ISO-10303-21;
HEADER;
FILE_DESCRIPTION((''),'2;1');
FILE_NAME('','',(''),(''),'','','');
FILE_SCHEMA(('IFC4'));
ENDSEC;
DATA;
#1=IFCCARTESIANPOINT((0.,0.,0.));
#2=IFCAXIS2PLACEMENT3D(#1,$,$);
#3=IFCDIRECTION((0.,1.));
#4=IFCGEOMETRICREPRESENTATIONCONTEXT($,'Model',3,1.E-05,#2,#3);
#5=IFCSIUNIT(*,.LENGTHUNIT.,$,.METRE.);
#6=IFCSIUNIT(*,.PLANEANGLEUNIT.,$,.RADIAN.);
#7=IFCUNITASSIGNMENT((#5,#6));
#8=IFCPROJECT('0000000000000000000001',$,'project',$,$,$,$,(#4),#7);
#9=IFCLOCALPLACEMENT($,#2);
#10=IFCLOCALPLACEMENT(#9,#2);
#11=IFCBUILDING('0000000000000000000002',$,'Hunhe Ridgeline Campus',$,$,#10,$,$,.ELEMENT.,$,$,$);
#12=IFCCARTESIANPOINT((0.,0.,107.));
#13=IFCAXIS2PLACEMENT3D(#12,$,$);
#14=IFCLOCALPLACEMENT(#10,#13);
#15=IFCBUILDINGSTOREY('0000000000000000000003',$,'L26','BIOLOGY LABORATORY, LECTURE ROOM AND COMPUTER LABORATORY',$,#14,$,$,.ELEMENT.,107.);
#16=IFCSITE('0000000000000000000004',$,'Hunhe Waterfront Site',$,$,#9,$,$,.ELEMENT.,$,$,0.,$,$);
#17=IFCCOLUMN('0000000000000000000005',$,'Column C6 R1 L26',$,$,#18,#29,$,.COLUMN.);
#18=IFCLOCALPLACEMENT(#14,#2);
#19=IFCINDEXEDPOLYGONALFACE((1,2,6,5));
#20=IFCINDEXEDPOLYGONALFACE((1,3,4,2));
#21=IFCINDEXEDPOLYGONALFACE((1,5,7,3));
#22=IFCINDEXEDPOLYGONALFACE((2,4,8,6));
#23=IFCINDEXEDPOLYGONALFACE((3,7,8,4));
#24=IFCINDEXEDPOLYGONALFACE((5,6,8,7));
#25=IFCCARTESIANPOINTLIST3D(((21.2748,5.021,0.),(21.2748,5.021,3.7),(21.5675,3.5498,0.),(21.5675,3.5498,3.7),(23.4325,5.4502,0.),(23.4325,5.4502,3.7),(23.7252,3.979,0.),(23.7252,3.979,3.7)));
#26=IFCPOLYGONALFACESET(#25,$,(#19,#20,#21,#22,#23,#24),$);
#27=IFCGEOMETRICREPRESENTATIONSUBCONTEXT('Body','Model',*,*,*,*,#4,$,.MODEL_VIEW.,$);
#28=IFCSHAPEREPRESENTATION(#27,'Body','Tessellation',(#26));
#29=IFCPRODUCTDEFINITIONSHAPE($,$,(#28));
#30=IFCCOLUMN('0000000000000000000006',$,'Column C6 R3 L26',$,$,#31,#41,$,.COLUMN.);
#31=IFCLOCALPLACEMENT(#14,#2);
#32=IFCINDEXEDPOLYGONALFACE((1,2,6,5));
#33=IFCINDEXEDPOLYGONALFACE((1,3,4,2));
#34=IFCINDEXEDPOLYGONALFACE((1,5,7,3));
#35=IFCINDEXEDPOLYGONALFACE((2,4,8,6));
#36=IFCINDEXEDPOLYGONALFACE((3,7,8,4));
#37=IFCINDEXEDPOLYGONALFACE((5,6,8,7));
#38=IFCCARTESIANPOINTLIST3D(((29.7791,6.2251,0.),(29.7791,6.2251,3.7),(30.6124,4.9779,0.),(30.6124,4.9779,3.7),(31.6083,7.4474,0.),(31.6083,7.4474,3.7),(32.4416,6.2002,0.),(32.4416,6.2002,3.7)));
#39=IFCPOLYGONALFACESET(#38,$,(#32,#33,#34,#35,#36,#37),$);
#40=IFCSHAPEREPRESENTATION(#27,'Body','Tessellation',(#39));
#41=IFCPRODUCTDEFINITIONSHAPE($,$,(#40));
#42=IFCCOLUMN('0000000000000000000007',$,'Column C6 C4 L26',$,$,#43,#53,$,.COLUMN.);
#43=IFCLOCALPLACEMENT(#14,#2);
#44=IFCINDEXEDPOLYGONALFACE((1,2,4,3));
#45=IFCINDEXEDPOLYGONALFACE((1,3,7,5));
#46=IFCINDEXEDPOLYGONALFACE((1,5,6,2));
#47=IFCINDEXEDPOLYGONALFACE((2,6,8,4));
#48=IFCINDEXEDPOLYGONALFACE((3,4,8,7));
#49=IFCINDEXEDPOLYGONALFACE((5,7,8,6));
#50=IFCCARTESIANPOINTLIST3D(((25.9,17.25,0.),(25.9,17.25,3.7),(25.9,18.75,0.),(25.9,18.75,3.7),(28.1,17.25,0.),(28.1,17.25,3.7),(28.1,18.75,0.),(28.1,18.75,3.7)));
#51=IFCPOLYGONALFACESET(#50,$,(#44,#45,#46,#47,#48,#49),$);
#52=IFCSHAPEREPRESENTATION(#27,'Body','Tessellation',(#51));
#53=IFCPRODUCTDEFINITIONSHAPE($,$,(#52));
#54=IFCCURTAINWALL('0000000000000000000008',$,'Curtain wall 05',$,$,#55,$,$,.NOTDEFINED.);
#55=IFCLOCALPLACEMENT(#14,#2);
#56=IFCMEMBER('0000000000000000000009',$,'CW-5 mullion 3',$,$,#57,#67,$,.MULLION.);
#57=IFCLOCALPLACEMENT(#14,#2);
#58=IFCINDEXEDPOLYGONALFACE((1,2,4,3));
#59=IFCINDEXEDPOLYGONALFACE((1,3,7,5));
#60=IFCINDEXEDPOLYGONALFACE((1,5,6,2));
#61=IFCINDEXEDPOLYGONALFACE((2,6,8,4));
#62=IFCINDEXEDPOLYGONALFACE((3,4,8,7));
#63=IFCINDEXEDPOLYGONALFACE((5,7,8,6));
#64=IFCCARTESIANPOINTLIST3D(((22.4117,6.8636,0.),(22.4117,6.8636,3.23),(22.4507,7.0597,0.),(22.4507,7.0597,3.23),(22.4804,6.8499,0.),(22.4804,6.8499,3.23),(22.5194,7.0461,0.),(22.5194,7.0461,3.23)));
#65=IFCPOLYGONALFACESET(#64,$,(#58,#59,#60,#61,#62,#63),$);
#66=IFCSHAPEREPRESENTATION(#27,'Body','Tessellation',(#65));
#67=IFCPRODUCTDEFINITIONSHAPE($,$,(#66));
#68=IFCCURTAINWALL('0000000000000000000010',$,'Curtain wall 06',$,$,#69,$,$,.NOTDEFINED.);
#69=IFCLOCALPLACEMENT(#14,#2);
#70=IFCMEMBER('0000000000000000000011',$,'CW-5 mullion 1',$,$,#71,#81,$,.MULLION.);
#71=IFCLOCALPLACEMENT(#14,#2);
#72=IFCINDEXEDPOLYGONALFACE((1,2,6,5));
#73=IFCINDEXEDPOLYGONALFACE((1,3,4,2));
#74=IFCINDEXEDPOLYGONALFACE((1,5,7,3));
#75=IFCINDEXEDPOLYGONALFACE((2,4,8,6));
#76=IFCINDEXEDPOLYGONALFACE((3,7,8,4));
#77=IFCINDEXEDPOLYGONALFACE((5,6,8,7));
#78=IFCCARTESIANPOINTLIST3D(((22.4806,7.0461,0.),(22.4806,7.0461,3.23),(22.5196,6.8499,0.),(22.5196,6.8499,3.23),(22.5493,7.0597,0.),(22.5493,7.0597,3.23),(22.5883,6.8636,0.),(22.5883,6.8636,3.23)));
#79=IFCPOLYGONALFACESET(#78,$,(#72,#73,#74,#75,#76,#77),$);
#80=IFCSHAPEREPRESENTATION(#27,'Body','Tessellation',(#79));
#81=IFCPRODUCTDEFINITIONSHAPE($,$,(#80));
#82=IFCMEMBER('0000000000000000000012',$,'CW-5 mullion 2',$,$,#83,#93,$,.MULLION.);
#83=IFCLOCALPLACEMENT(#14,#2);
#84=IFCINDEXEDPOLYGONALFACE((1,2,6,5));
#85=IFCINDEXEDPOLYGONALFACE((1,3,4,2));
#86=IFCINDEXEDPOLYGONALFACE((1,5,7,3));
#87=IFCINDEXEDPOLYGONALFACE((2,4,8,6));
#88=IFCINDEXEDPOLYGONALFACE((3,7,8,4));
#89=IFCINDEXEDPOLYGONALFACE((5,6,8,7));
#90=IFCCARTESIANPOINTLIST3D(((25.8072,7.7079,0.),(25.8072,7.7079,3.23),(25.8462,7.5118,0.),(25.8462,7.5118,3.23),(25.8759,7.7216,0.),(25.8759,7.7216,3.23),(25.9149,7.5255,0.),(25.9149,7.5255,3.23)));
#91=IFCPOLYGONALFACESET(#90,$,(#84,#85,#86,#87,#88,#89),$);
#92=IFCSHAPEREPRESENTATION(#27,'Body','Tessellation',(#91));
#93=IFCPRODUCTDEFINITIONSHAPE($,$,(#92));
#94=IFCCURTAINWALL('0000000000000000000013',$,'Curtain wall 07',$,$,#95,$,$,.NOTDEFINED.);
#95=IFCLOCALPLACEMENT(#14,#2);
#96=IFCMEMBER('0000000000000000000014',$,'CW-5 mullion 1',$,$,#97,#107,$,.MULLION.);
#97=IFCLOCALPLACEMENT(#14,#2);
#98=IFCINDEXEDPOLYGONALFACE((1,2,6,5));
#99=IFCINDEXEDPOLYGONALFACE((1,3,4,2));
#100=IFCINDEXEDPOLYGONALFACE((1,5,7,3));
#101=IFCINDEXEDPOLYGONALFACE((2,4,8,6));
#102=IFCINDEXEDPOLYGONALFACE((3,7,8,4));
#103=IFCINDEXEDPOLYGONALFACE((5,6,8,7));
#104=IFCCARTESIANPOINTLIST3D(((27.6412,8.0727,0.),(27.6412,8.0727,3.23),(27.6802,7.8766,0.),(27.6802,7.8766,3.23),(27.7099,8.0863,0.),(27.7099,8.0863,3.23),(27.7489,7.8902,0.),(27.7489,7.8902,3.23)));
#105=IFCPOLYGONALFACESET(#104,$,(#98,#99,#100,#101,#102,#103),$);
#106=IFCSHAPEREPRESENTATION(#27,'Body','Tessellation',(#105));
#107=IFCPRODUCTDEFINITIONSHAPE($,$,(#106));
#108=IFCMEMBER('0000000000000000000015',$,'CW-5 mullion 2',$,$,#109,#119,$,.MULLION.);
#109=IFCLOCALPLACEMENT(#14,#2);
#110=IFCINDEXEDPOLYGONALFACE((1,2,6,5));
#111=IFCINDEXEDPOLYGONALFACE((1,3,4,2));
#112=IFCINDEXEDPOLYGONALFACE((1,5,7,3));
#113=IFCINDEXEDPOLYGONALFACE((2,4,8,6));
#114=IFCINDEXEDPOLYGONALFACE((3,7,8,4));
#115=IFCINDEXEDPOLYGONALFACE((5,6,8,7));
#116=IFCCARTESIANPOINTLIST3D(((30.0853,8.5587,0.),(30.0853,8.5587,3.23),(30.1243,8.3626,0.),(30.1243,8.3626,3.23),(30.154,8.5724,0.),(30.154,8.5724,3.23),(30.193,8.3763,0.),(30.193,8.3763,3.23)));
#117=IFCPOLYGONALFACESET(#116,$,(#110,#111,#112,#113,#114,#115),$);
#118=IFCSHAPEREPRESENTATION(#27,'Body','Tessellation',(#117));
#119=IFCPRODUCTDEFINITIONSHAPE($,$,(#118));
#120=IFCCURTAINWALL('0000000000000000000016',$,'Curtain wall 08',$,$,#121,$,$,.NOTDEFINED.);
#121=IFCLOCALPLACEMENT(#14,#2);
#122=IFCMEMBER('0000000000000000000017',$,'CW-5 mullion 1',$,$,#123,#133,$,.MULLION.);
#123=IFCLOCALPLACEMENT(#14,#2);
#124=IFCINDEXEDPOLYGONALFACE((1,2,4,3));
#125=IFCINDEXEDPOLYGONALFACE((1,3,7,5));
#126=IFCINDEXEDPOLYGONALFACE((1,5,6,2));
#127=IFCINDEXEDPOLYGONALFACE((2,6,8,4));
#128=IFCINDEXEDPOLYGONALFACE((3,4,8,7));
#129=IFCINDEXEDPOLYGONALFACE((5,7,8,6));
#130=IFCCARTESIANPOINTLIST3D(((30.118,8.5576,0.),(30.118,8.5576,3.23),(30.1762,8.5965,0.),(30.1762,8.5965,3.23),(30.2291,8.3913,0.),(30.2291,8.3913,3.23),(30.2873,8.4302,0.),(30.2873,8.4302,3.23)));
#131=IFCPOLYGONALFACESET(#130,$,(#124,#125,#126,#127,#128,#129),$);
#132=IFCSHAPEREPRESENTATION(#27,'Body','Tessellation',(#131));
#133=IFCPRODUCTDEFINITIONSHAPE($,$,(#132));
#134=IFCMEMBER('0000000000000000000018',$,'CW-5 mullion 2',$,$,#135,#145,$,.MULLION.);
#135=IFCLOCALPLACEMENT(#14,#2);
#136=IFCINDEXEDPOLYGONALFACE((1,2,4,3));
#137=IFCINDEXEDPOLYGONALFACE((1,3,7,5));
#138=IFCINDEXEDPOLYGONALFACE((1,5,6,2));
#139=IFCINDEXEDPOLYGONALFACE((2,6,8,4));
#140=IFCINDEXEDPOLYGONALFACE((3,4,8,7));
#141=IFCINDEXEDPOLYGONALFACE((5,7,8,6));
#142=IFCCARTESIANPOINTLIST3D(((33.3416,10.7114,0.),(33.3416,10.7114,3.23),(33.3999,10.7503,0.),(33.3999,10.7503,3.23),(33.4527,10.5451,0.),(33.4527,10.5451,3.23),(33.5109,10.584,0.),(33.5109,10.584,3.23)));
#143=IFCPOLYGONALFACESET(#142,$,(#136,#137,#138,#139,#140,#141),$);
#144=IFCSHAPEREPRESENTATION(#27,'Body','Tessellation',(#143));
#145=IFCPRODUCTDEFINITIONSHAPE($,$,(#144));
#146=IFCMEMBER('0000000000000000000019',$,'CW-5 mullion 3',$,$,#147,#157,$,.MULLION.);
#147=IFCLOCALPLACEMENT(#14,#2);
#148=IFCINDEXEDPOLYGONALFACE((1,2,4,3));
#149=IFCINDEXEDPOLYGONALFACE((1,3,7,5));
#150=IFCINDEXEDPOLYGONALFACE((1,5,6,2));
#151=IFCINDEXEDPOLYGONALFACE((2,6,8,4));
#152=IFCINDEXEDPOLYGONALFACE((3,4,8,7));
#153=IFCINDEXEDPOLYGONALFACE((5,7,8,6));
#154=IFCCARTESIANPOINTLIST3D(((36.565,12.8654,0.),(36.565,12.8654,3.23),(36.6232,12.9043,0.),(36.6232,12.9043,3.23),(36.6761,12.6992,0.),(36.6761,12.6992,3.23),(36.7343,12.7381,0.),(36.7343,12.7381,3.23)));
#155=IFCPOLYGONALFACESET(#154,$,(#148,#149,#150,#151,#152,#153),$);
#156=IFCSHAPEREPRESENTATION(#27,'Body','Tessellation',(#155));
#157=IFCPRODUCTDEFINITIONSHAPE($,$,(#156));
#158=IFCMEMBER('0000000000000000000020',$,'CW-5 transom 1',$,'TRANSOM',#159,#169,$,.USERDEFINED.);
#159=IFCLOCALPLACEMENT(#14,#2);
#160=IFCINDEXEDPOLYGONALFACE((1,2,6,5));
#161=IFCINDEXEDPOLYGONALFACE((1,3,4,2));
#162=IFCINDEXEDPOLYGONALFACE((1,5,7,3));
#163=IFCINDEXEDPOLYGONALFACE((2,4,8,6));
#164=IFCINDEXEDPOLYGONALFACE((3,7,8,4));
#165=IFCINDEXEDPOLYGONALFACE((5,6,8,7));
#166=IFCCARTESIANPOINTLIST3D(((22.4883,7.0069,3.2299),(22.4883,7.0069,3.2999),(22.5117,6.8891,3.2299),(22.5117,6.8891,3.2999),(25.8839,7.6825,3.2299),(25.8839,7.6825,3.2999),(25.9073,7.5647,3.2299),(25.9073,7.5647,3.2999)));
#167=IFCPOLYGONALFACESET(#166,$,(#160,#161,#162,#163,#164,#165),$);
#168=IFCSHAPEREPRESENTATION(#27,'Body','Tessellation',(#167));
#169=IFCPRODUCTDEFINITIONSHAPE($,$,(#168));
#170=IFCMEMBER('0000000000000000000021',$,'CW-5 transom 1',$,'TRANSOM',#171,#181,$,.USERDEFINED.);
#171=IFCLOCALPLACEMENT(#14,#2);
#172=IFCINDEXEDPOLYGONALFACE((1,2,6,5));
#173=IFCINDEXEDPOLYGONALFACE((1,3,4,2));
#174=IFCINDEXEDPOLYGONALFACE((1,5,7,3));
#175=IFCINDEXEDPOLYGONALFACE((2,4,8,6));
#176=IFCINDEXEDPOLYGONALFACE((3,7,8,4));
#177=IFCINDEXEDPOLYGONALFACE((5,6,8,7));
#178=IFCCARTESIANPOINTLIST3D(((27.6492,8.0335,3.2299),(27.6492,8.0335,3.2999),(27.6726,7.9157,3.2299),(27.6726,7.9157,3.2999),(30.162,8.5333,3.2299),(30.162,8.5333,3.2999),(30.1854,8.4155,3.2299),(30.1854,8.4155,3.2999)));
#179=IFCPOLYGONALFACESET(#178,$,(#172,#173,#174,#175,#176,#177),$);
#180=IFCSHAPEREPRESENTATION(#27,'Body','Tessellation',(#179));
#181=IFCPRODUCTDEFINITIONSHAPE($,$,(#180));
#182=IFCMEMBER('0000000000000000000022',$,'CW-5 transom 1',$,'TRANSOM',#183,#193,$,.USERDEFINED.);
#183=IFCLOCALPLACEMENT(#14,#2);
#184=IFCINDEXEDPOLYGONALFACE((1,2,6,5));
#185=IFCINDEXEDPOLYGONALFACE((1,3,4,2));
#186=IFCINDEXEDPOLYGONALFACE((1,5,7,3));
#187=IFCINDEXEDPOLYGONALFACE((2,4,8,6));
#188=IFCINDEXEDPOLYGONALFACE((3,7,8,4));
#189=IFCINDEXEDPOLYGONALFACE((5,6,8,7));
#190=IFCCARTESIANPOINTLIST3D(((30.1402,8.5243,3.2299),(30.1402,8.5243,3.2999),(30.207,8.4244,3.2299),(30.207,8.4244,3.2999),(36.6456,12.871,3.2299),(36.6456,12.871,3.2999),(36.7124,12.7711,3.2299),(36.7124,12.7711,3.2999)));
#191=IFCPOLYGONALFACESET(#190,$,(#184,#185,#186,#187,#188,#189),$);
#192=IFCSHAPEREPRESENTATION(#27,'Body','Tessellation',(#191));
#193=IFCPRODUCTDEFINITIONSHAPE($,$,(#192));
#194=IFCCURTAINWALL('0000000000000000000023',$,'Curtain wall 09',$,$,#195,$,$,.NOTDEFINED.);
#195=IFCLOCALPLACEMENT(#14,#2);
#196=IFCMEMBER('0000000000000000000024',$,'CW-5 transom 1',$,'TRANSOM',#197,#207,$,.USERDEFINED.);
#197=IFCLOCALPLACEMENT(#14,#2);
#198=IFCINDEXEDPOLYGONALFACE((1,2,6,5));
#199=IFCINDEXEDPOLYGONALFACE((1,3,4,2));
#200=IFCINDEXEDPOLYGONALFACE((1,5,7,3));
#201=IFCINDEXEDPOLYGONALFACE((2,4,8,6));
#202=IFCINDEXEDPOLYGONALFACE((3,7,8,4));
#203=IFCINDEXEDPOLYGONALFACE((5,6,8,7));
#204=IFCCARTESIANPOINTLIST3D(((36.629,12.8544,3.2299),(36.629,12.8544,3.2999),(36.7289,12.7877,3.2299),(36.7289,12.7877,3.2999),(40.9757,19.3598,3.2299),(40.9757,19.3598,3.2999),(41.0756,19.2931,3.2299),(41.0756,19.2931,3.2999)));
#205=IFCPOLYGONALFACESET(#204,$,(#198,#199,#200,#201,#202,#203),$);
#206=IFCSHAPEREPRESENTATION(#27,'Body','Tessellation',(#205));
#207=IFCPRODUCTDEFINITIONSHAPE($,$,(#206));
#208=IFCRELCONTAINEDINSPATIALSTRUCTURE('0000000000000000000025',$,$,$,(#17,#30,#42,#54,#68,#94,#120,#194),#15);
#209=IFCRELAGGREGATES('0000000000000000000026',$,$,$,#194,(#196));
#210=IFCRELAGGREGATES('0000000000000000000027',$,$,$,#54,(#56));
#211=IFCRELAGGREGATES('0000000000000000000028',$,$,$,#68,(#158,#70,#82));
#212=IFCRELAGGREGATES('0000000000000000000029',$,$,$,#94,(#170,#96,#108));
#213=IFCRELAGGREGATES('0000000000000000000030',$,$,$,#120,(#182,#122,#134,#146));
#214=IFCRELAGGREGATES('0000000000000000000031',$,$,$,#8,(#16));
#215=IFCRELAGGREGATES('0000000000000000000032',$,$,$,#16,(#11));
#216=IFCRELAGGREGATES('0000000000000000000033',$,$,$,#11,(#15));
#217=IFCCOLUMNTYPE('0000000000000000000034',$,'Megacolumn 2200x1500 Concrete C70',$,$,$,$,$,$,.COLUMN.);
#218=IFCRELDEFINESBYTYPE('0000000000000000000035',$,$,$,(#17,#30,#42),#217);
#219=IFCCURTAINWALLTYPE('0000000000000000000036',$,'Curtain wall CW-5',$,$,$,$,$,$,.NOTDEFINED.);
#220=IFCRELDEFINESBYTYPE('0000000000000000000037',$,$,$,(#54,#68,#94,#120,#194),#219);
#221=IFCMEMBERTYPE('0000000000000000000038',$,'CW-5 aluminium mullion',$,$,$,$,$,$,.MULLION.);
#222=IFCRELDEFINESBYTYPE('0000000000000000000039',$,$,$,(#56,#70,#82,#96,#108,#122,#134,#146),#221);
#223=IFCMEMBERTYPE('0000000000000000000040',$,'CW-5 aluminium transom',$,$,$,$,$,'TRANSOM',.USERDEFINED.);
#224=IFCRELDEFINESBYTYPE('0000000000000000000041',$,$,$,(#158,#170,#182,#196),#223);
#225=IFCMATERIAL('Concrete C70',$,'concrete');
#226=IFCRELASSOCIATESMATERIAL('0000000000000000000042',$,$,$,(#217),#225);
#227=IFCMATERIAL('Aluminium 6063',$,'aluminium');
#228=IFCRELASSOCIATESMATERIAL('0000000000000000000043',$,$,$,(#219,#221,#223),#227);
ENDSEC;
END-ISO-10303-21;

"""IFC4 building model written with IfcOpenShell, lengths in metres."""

from ifc_helpers import new_model, si_unit, direction, frame, origin, origin_2d, place, context, subcontext, project, spatial, rectangle, extrude, material, material_profile, profile_set, type_object, element, aggregate, save


model = new_model("IFC4")

# Units and contexts
model_context = context("Model", 3, precision=1e-05, world=origin(), true_north=direction((0.0, 1.0)))
body_context = subcontext(model_context, "Body", "Model", "MODEL_VIEW")
ifc_project = project(units=[si_unit("LENGTHUNIT", "METRE"), si_unit("PLANEANGLEUNIT", "RADIAN")], contexts=[model_context])

# Site, building, storey
site_placement = place(None, origin())
site = spatial("IfcSite", under=ifc_project, at=site_placement, Name="Hunhe Waterfront Site", CompositionType="ELEMENT", RefElevation=0.0)
building_placement = place(site_placement, origin())
building = spatial("IfcBuilding", under=site, at=building_placement, Name="Hunhe Ridgeline Campus", CompositionType="ELEMENT")
storey_placement = place(building_placement, frame((0.0, 0.0, 107.0)))
storey = spatial("IfcBuildingStorey", under=building, at=storey_placement, Name="L26", Description="BIOLOGY LABORATORY, LECTURE ROOM AND COMPUTER LABORATORY", CompositionType="ELEMENT", Elevation=107.0)

# Columns
ifc_material_1 = material(Name="Concrete C70", Category="concrete")
ifc_material_profile_1 = material_profile(ifc_material_1, rectangle(XDim=2.2, YDim=1.5, at=origin_2d()))
ifc_profile_set_1 = profile_set([ifc_material_profile_1], Name="Concrete C70")
column_type = type_object("IfcColumnType", Name="Megacolumn 2200x1500 Concrete C70", PredefinedType="COLUMN", material=ifc_profile_set_1)
for number, where, z_axis, x_axis, name in (
    (1, (22.5, 4.5, 0.0), (0.0, 0.0, 1.0), (0.980785, 0.19509, 0.0), "Column C6 R1 L26"),
    (2, (31.1104, 6.2126, 0.0), (0.0, 0.0, 1.0), (0.83147, 0.55557, 0.0), "Column C6 R3 L26"),
    (3, (27.0, 18.0, 0.0), (0.0, 0.0, 1.0), (1.0, 0.0, 0.0), "Column C6 C4 L26"),
):
    element("IfcColumn", number, at=place(storey_placement, frame(where, z_axis=z_axis, x_axis=x_axis)), inside=storey, type_object=column_type, Name=name, PredefinedType="COLUMN", context=body_context, shape_type="SweptSolid", body=[
        extrude(rectangle(XDim=2.2, YDim=1.5, at=origin_2d()), origin(), (0.0, 0.0, 1.0), 3.7),
    ])

# Curtain wall, member
ifc_material_2 = material(Name="Aluminium 6063", Category="aluminium")
curtain_wall_type = type_object("IfcCurtainWallType", Name="Curtain wall CW-5", PredefinedType="NOTDEFINED", material=ifc_material_2)
curtain_wall_1_placement = place(storey_placement, origin())
curtain_wall_1 = element("IfcCurtainWall", 4, at=curtain_wall_1_placement, inside=storey, type_object=curtain_wall_type, Name="Curtain wall 05", PredefinedType="NOTDEFINED")
ifc_material_profile_2 = material_profile(ifc_material_2, rectangle(XDim=0.2, YDim=0.0701, at=origin_2d()))
ifc_profile_set_2 = profile_set([ifc_material_profile_2], Name="Aluminium 6063")
member_type_1 = type_object("IfcMemberType", Name="CW-5 aluminium mullion", PredefinedType="MULLION", material=ifc_profile_set_2)
member_1_placement = place(storey_placement, frame((22.4656, 6.9548, 0.0), z_axis=(0.0, 0.0, 1.0), x_axis=(0.19509, 0.980785, 0.0)))
member_1 = element("IfcMember", 5, at=member_1_placement, type_object=member_type_1, Name="CW-5 mullion 3", PredefinedType="MULLION", context=body_context, shape_type="SweptSolid", body=[
    extrude(rectangle(XDim=0.2, YDim=0.0701, at=origin_2d()), origin(), (0.0, 0.0, 1.0), 3.23),
])

# Curtain walls, members
curtain_wall_2_placement = place(storey_placement, origin())
curtain_wall_2 = element("IfcCurtainWall", 6, at=curtain_wall_2_placement, inside=storey, type_object=curtain_wall_type, Name="Curtain wall 06", PredefinedType="NOTDEFINED")
member_2_placement = place(storey_placement, frame((22.5344, 6.9548, 0.0), z_axis=(0.0, 0.0, 1.0), x_axis=(-0.19509, 0.980785, 0.0)))
member_2 = element("IfcMember", 7, at=member_2_placement, type_object=member_type_1, Name="CW-5 mullion 1", PredefinedType="MULLION", context=body_context, shape_type="SweptSolid", body=[
    extrude(rectangle(XDim=0.2, YDim=0.0701, at=origin_2d()), origin(), (0.0, 0.0, 1.0), 3.23),
])
member_3_placement = place(storey_placement, frame((25.8611, 7.6167, 0.0), z_axis=(0.0, 0.0, 1.0), x_axis=(-0.19509, 0.980785, 0.0)))
member_3 = element("IfcMember", 8, at=member_3_placement, type_object=member_type_1, Name="CW-5 mullion 2", PredefinedType="MULLION", context=body_context, shape_type="SweptSolid", body=[
    extrude(rectangle(XDim=0.2, YDim=0.0701, at=origin_2d()), origin(), (0.0, 0.0, 1.0), 3.23),
])
curtain_wall_3_placement = place(storey_placement, origin())
curtain_wall_3 = element("IfcCurtainWall", 9, at=curtain_wall_3_placement, inside=storey, type_object=curtain_wall_type, Name="Curtain wall 07", PredefinedType="NOTDEFINED")
member_4_placement = place(storey_placement, frame((27.6951, 7.9814, 0.0), z_axis=(0.0, 0.0, 1.0), x_axis=(-0.195091, 0.980785, 0.0)))
member_4 = element("IfcMember", 10, at=member_4_placement, type_object=member_type_1, Name="CW-5 mullion 1", PredefinedType="MULLION", context=body_context, shape_type="SweptSolid", body=[
    extrude(rectangle(XDim=0.2, YDim=0.0701, at=origin_2d()), origin(), (0.0, 0.0, 1.0), 3.23),
])
member_5_placement = place(storey_placement, frame((30.1392, 8.4675, 0.0), z_axis=(0.0, 0.0, 1.0), x_axis=(-0.195091, 0.980785, 0.0)))
member_5 = element("IfcMember", 11, at=member_5_placement, type_object=member_type_1, Name="CW-5 mullion 2", PredefinedType="MULLION", context=body_context, shape_type="SweptSolid", body=[
    extrude(rectangle(XDim=0.2, YDim=0.0701, at=origin_2d()), origin(), (0.0, 0.0, 1.0), 3.23),
])
curtain_wall_4_placement = place(storey_placement, origin())
curtain_wall_4 = element("IfcCurtainWall", 12, at=curtain_wall_4_placement, inside=storey, type_object=curtain_wall_type, Name="Curtain wall 08", PredefinedType="NOTDEFINED")
member_6_placement = place(storey_placement, frame((30.2026, 8.4939, 0.0), z_axis=(0.0, 0.0, 1.0), x_axis=(-0.55557, 0.83147, 0.0)))
member_6 = element("IfcMember", 13, at=member_6_placement, type_object=member_type_1, Name="CW-5 mullion 1", PredefinedType="MULLION", context=body_context, shape_type="SweptSolid", body=[
    extrude(rectangle(XDim=0.2, YDim=0.0701, at=origin_2d()), origin(), (0.0, 0.0, 1.0), 3.23),
])
member_7_placement = place(storey_placement, frame((33.4263, 10.6477, 0.0), z_axis=(0.0, 0.0, 1.0), x_axis=(-0.55557, 0.83147, 0.0)))
member_7 = element("IfcMember", 14, at=member_7_placement, type_object=member_type_1, Name="CW-5 mullion 2", PredefinedType="MULLION", context=body_context, shape_type="SweptSolid", body=[
    extrude(rectangle(XDim=0.2, YDim=0.0701, at=origin_2d()), origin(), (0.0, 0.0, 1.0), 3.23),
])
member_8_placement = place(storey_placement, frame((36.6497, 12.8018, 0.0), z_axis=(0.0, 0.0, 1.0), x_axis=(-0.55557, 0.83147, 0.0)))
member_8 = element("IfcMember", 15, at=member_8_placement, type_object=member_type_1, Name="CW-5 mullion 3", PredefinedType="MULLION", context=body_context, shape_type="SweptSolid", body=[
    extrude(rectangle(XDim=0.2, YDim=0.0701, at=origin_2d()), origin(), (0.0, 0.0, 1.0), 3.23),
])

# Members
ifc_material_profile_3 = material_profile(ifc_material_2, rectangle(XDim=0.1201, YDim=0.0701, at=origin_2d()))
ifc_profile_set_3 = profile_set([ifc_material_profile_3], Name="Aluminium 6063")
member_type_2 = type_object("IfcMemberType", Name="CW-5 aluminium transom", ElementType="TRANSOM", PredefinedType="USERDEFINED", material=ifc_profile_set_3)
member_9_placement = place(storey_placement, frame((22.5, 6.948, 3.2649), z_axis=(0.980778, 0.195126, 0.0), x_axis=(-0.195126, 0.980778, 0.0)))
member_9 = element("IfcMember", 16, at=member_9_placement, type_object=member_type_2, Name="CW-5 transom 1", ObjectType="TRANSOM", PredefinedType="USERDEFINED", context=body_context, shape_type="SweptSolid", body=[
    extrude(rectangle(XDim=0.1201, YDim=0.0701, at=origin_2d()), origin(), (0.0, 0.0, 1.0), 3.4622),
])
member_10_placement = place(storey_placement, frame((27.6609, 7.9746, 3.2649), z_axis=(0.980789, 0.195071, 0.0), x_axis=(-0.195071, 0.980789, 0.0)))
member_10 = element("IfcMember", 17, at=member_10_placement, type_object=member_type_2, Name="CW-5 transom 1", ObjectType="TRANSOM", PredefinedType="USERDEFINED", context=body_context, shape_type="SweptSolid", body=[
    extrude(rectangle(XDim=0.1201, YDim=0.0701, at=origin_2d()), origin(), (0.0, 0.0, 1.0), 2.562),
])
member_11_placement = place(storey_placement, frame((30.1736, 8.4744, 3.2649), z_axis=(0.831474, 0.555564, 0.0), x_axis=(-0.555564, 0.831474, 0.0)))
member_11 = element("IfcMember", 18, at=member_11_placement, type_object=member_type_2, Name="CW-5 transom 1", ObjectType="TRANSOM", PredefinedType="USERDEFINED", context=body_context, shape_type="SweptSolid", body=[
    extrude(rectangle(XDim=0.1201, YDim=0.0701, at=origin_2d()), origin(), (0.0, 0.0, 1.0), 7.824),
])

# Curtain wall, member
curtain_wall_5_placement = place(storey_placement, origin())
curtain_wall_5 = element("IfcCurtainWall", 19, at=curtain_wall_5_placement, inside=storey, type_object=curtain_wall_type, Name="Curtain wall 09", PredefinedType="NOTDEFINED")
member_12_placement = place(storey_placement, frame((36.679, 12.821, 3.2649), z_axis=(0.555564, 0.831474, 0.0), x_axis=(-0.831474, 0.555564, 0.0)))
member_12 = element("IfcMember", 20, at=member_12_placement, type_object=member_type_2, Name="CW-5 transom 1", ObjectType="TRANSOM", PredefinedType="USERDEFINED", context=body_context, shape_type="SweptSolid", body=[
    extrude(rectangle(XDim=0.1201, YDim=0.0701, at=origin_2d()), origin(), (0.0, 0.0, 1.0), 7.824),
])
aggregate(curtain_wall_5, [member_12])

aggregate(curtain_wall_1, [member_1])
aggregate(curtain_wall_2, [member_9, member_2, member_3])
aggregate(curtain_wall_3, [member_10, member_4, member_5])
aggregate(curtain_wall_4, [member_11, member_6, member_7, member_8])

save(model, "model.ifc")
